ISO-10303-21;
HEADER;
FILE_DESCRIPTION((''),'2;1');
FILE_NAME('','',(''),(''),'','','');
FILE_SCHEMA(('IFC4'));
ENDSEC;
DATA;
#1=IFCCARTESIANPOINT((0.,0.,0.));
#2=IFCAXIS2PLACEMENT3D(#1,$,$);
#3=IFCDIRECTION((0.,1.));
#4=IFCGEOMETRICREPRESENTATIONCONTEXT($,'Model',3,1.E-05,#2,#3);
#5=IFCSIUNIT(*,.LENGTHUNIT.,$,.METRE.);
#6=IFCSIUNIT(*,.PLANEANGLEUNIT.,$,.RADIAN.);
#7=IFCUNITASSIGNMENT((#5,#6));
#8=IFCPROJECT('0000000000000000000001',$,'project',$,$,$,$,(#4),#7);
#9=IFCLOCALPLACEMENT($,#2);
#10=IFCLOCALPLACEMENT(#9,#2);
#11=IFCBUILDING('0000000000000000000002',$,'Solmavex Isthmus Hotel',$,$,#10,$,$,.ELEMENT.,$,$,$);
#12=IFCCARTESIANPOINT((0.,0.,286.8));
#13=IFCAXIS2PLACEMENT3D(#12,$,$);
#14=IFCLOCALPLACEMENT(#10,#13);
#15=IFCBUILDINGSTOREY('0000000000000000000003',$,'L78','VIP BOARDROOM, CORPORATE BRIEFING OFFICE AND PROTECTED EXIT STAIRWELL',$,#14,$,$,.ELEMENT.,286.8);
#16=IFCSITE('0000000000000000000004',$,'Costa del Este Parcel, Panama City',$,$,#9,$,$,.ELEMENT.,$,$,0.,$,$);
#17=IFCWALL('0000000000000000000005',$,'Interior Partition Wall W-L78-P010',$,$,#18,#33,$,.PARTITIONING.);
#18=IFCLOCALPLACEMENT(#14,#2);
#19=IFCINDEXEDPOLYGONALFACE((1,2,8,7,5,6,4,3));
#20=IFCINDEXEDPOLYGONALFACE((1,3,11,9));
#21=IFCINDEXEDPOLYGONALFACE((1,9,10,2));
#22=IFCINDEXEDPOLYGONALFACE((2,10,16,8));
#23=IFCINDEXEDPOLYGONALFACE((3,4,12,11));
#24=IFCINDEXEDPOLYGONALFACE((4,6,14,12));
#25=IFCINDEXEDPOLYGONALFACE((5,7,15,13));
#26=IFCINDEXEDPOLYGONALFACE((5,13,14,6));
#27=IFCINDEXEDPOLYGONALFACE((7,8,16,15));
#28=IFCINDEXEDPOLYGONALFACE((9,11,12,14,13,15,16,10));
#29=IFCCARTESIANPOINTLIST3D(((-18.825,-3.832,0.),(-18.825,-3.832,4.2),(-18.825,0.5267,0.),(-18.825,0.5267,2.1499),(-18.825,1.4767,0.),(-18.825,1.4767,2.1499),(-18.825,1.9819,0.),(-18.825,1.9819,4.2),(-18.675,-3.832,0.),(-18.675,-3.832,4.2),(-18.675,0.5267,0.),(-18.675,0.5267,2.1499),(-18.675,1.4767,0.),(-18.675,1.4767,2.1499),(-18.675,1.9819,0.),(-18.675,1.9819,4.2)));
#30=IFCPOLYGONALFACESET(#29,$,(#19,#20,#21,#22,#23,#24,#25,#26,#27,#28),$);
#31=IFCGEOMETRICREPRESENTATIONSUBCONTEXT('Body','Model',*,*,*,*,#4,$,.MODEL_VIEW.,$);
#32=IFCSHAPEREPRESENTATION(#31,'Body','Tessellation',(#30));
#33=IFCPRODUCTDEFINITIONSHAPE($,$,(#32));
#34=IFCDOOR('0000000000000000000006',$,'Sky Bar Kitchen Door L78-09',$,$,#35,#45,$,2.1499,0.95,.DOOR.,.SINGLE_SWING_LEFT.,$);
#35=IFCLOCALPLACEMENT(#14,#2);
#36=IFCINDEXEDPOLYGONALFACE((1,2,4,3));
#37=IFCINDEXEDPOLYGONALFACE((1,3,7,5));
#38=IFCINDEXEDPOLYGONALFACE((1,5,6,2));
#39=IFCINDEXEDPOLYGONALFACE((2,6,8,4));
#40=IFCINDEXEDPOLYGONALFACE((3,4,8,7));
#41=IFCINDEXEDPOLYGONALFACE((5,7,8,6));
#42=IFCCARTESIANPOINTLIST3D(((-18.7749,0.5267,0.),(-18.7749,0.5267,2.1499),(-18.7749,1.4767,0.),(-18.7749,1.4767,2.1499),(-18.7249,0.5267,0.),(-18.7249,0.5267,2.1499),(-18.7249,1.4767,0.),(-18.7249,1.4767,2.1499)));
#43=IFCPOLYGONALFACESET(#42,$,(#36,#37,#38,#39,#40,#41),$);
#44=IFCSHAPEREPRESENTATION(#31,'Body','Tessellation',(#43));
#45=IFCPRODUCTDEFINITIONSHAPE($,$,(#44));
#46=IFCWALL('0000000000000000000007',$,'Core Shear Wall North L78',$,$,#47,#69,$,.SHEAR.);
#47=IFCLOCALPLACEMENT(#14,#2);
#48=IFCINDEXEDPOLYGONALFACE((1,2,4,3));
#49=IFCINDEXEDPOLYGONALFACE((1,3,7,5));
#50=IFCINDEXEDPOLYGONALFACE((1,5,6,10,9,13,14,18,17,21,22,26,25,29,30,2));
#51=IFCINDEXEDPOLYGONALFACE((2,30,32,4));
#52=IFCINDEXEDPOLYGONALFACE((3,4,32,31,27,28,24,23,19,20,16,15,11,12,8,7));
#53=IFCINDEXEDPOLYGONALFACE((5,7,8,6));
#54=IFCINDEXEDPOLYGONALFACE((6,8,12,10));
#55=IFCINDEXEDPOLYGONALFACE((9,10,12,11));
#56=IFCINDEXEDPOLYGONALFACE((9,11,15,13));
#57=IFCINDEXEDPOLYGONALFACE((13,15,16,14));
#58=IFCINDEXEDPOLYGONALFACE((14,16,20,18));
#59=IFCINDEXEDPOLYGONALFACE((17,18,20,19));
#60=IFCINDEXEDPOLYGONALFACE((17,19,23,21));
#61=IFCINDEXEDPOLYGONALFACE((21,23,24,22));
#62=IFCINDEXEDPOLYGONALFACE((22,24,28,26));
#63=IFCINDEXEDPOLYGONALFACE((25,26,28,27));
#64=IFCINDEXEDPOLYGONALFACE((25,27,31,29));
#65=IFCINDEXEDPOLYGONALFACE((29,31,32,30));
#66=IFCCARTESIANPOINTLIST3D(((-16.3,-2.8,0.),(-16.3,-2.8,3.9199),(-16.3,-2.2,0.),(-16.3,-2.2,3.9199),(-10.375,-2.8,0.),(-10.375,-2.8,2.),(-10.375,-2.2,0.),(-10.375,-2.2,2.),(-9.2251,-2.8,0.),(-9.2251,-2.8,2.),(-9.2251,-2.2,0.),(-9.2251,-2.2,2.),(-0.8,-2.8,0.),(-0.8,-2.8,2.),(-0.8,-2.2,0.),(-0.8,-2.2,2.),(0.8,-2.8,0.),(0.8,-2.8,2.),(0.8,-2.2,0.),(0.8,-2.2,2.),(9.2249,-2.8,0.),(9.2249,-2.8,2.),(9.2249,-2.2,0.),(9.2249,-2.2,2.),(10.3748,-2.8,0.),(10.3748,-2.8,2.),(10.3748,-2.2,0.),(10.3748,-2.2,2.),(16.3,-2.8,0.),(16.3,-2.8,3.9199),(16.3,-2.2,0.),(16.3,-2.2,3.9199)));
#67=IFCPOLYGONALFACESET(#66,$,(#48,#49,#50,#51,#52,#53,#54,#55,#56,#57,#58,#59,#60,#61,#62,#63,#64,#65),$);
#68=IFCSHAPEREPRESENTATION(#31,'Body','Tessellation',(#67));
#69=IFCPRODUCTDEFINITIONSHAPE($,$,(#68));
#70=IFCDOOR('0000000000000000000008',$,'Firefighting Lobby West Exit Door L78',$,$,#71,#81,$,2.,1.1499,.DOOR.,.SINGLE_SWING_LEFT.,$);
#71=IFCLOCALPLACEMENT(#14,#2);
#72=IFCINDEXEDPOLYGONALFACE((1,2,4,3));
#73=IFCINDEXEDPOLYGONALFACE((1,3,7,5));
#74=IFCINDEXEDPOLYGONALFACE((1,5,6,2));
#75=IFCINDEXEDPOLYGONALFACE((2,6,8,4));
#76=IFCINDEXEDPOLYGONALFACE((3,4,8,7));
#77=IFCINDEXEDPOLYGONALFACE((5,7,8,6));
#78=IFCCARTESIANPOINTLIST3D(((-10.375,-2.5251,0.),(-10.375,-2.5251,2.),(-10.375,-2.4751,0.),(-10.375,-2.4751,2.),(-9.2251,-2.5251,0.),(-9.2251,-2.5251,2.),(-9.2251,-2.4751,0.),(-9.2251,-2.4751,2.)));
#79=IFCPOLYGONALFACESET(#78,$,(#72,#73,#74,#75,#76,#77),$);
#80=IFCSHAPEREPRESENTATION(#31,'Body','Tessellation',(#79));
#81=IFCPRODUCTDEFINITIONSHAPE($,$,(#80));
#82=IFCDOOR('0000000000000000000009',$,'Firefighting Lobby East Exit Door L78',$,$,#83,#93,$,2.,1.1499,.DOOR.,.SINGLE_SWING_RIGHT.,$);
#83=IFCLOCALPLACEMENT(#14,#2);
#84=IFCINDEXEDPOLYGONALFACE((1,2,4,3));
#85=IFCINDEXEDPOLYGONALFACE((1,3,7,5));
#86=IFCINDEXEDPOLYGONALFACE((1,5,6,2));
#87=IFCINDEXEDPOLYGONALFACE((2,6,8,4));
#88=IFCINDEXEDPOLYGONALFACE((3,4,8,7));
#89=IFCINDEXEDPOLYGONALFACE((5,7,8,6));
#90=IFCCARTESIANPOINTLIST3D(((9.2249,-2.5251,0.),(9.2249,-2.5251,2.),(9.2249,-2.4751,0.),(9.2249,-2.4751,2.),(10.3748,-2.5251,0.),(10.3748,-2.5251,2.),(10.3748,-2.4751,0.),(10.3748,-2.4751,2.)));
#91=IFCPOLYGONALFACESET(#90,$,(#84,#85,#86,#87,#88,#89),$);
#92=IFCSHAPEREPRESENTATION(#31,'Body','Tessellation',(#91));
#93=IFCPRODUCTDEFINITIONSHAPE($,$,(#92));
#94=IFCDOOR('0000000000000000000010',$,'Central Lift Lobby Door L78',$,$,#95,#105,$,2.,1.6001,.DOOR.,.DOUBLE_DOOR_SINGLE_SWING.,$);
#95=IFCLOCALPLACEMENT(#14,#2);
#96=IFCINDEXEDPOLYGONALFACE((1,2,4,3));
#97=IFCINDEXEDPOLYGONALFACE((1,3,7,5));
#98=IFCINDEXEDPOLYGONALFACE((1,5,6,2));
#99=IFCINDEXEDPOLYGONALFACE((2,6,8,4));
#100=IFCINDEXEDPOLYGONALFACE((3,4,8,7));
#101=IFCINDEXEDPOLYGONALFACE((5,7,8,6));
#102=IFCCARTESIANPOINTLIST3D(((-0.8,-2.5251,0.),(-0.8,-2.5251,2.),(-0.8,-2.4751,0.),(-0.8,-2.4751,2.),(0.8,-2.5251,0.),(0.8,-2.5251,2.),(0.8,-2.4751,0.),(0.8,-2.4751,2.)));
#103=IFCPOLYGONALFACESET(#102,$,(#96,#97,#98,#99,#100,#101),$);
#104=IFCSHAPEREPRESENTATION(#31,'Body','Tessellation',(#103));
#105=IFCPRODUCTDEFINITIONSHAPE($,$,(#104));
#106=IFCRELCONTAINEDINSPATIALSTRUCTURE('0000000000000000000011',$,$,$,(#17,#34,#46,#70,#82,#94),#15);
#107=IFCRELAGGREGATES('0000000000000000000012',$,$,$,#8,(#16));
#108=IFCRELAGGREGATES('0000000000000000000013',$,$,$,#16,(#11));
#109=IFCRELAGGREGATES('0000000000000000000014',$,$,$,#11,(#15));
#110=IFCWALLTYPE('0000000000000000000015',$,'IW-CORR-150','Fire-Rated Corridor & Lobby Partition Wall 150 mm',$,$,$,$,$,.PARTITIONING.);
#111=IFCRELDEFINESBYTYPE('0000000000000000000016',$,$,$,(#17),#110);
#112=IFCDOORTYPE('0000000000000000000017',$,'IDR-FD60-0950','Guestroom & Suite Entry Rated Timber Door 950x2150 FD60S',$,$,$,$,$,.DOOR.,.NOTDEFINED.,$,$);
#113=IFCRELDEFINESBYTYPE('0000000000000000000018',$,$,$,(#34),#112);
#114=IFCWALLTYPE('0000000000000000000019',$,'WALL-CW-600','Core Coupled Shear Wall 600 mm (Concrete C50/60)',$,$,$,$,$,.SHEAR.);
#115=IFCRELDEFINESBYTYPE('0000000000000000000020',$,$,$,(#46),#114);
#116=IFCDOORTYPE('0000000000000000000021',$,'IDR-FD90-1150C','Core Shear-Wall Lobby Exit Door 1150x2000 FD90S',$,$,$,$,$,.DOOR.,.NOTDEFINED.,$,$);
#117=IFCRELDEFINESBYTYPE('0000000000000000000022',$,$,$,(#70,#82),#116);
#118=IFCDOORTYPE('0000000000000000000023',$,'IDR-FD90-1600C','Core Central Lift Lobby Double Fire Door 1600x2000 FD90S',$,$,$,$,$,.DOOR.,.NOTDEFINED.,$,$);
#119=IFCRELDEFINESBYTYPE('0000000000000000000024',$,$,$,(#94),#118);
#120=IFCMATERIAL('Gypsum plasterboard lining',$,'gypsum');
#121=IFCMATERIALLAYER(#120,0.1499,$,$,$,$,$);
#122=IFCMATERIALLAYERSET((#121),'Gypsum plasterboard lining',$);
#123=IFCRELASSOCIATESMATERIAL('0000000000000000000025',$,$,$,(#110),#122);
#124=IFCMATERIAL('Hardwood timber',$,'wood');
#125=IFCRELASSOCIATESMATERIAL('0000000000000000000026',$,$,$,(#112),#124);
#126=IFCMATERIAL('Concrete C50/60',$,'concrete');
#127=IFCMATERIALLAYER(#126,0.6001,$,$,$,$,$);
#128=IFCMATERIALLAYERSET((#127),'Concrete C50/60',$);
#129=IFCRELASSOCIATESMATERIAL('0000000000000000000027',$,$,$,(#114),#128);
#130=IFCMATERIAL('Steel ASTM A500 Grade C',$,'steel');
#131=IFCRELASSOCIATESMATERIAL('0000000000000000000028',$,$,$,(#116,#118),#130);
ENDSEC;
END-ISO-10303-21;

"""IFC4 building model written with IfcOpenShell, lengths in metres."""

from ifc_helpers import new_model, si_unit, direction, frame, frame_2d, origin, place, context, subcontext, project, spatial, rectangle, extrude, material, layer, layer_set, type_object, element, fill, save


model = new_model("IFC4")

# Units and contexts
model_context = context("Model", 3, precision=1e-05, world=origin(), true_north=direction((0.0, 1.0)))
body_context = subcontext(model_context, "Body", "Model", "MODEL_VIEW")
ifc_project = project(units=[si_unit("LENGTHUNIT", "METRE"), si_unit("PLANEANGLEUNIT", "RADIAN")], contexts=[model_context])

# Site, building, storey
site_placement = place(None, origin())
site = spatial("IfcSite", under=ifc_project, at=site_placement, Name="Costa del Este Parcel, Panama City", CompositionType="ELEMENT", RefElevation=0.0)
building_placement = place(site_placement, origin())
building = spatial("IfcBuilding", under=site, at=building_placement, Name="Solmavex Isthmus Hotel", CompositionType="ELEMENT")
storey_placement = place(building_placement, frame((0.0, 0.0, 286.8)))
storey = spatial("IfcBuildingStorey", under=building, at=storey_placement, Name="L78", Description="VIP BOARDROOM, CORPORATE BRIEFING OFFICE AND PROTECTED EXIT STAIRWELL", CompositionType="ELEMENT", Elevation=286.8)

# Shared definitions
ifc_material_1 = material(Name="Gypsum plasterboard lining", Category="gypsum")

# Wall, opening, door
ifc_layer_1 = layer(ifc_material_1, 0.1499)
ifc_layer_set_1 = layer_set([ifc_layer_1], Name="Gypsum plasterboard lining")
wall_type_1 = type_object("IfcWallType", Name="IW-CORR-150", Description="Fire-Rated Corridor & Lobby Partition Wall 150 mm", PredefinedType="PARTITIONING", material=ifc_layer_set_1)
ifc_material_2 = material(Name="Steel ASTM A500 Grade C", Category="steel")
ifc_material_3 = material(Name="Hardwood timber", Category="wood")
door_type_1 = type_object("IfcDoorType", Name="IDR-FD60-0950", Description="Guestroom & Suite Entry Rated Timber Door 950x2150 FD60S", OperationType="NOTDEFINED", PredefinedType="DOOR", material=ifc_material_3)
wall_1_placement = place(storey_placement, frame((-18.75, -3.832, 0.0), z_axis=(0.0, 0.0, 1.0), x_axis=(0.0, 1.0, 0.0)))
wall_1 = element("IfcWall", 1, at=wall_1_placement, inside=storey, type_object=wall_type_1, Name="Interior Partition Wall W-L78-P010", PredefinedType="PARTITIONING", context=body_context, shape_type="SweptSolid", body=[
    extrude(rectangle(XDim=5.814, YDim=0.1499, at=frame_2d((2.907, 0.0))), origin(), (0.0, 0.0, 1.0), 4.2),
])
opening_1_placement = place(wall_1_placement, frame((4.3586, 0.0, 0.0)))
opening_1 = element("IfcOpeningElement", 2, at=opening_1_placement, cuts=wall_1, PredefinedType="OPENING", context=body_context, shape_type="SweptSolid", body=[
    extrude(rectangle(XDim=0.95, YDim=2.1499, at=frame_2d((0.4751, 1.075))), frame((0.0, 0.085, 0.0), z_axis=(0.0, -1.0, 0.0), x_axis=(1.0, 0.0, 0.0)), (0.0, 0.0, 1.0), 0.1699),
])
door_1_placement = place(opening_1_placement, origin())
door_1 = element("IfcDoor", 3, at=door_1_placement, inside=storey, type_object=door_type_1, Name="Sky Bar Kitchen Door L78-09", OperationType="SINGLE_SWING_LEFT", OverallHeight=2.1499, OverallWidth=0.95, PredefinedType="DOOR", context=body_context, shape_type="SweptSolid", body=[
    extrude(rectangle(XDim=0.95, YDim=2.1499, at=frame_2d((0.4751, 1.075))), frame((0.0, 0.0249, 0.0), z_axis=(0.0, -1.0, 0.0), x_axis=(1.0, 0.0, 0.0)), (0.0, 0.0, 1.0), 0.05),
])
fill(opening_1, door_1)

# Wall, openings, doors
ifc_material_4 = material(Name="Concrete C50/60", Category="concrete")
ifc_layer_2 = layer(ifc_material_4, 0.6001)
ifc_layer_set_2 = layer_set([ifc_layer_2], Name="Concrete C50/60")
wall_type_2 = type_object("IfcWallType", Name="WALL-CW-600", Description="Core Coupled Shear Wall 600 mm (Concrete C50/60)", PredefinedType="SHEAR", material=ifc_layer_set_2)
wall_2_placement = place(storey_placement, frame((-16.3, -2.5, 0.0), z_axis=(0.0, 0.0, 1.0), x_axis=(1.0, 0.0, 0.0)))
wall_2 = element("IfcWall", 4, at=wall_2_placement, inside=storey, type_object=wall_type_2, Name="Core Shear Wall North L78", PredefinedType="SHEAR", context=body_context, shape_type="SweptSolid", body=[
    extrude(rectangle(XDim=32.6001, YDim=0.6001, at=frame_2d((16.3, 0.0))), origin(), (0.0, 0.0, 1.0), 3.9199),
])
opening_2_placement = place(wall_2_placement, frame((5.925, 0.0, 0.0)))
opening_2 = element("IfcOpeningElement", 5, at=opening_2_placement, cuts=wall_2, PredefinedType="OPENING", context=body_context, shape_type="SweptSolid", body=[
    extrude(rectangle(XDim=1.1499, YDim=2.0, at=frame_2d((0.575, 1.0))), frame((0.0, 0.3101, 0.0), z_axis=(0.0, -1.0, 0.0), x_axis=(1.0, 0.0, 0.0)), (0.0, 0.0, 1.0), 0.6201),
])
opening_3_placement = place(wall_2_placement, frame((15.5, 0.0, 0.0)))
opening_3 = element("IfcOpeningElement", 6, at=opening_3_placement, cuts=wall_2, PredefinedType="OPENING", context=body_context, shape_type="SweptSolid", body=[
    extrude(rectangle(XDim=1.6001, YDim=2.0, at=frame_2d((0.8, 1.0))), frame((0.0, 0.3101, 0.0), z_axis=(0.0, -1.0, 0.0), x_axis=(1.0, 0.0, 0.0)), (0.0, 0.0, 1.0), 0.6201),
])
opening_4_placement = place(wall_2_placement, frame((25.5249, 0.0, 0.0)))
opening_4 = element("IfcOpeningElement", 7, at=opening_4_placement, cuts=wall_2, PredefinedType="OPENING", context=body_context, shape_type="SweptSolid", body=[
    extrude(rectangle(XDim=1.1499, YDim=2.0, at=frame_2d((0.575, 1.0))), frame((0.0, 0.3101, 0.0), z_axis=(0.0, -1.0, 0.0), x_axis=(1.0, 0.0, 0.0)), (0.0, 0.0, 1.0), 0.6201),
])
door_type_2 = type_object("IfcDoorType", Name="IDR-FD90-1150C", Description="Core Shear-Wall Lobby Exit Door 1150x2000 FD90S", OperationType="NOTDEFINED", PredefinedType="DOOR", material=ifc_material_2)
door_2_placement = place(opening_2_placement, origin())
door_2 = element("IfcDoor", 8, at=door_2_placement, inside=storey, type_object=door_type_2, Name="Firefighting Lobby West Exit Door L78", OperationType="SINGLE_SWING_LEFT", OverallHeight=2.0, OverallWidth=1.1499, PredefinedType="DOOR", context=body_context, shape_type="SweptSolid", body=[
    extrude(rectangle(XDim=1.1499, YDim=2.0, at=frame_2d((0.575, 1.0))), frame((0.0, 0.0249, 0.0), z_axis=(0.0, -1.0, 0.0), x_axis=(1.0, 0.0, 0.0)), (0.0, 0.0, 1.0), 0.05),
])
fill(opening_2, door_2)
door_3_placement = place(opening_4_placement, origin())
door_3 = element("IfcDoor", 9, at=door_3_placement, inside=storey, type_object=door_type_2, Name="Firefighting Lobby East Exit Door L78", OperationType="SINGLE_SWING_RIGHT", OverallHeight=2.0, OverallWidth=1.1499, PredefinedType="DOOR", context=body_context, shape_type="SweptSolid", body=[
    extrude(rectangle(XDim=1.1499, YDim=2.0, at=frame_2d((0.575, 1.0))), frame((0.0, 0.0249, 0.0), z_axis=(0.0, -1.0, 0.0), x_axis=(1.0, 0.0, 0.0)), (0.0, 0.0, 1.0), 0.05),
])
fill(opening_4, door_3)
door_type_3 = type_object("IfcDoorType", Name="IDR-FD90-1600C", Description="Core Central Lift Lobby Double Fire Door 1600x2000 FD90S", OperationType="NOTDEFINED", PredefinedType="DOOR", material=ifc_material_2)
door_4_placement = place(opening_3_placement, origin())
door_4 = element("IfcDoor", 10, at=door_4_placement, inside=storey, type_object=door_type_3, Name="Central Lift Lobby Door L78", OperationType="DOUBLE_DOOR_SINGLE_SWING", OverallHeight=2.0, OverallWidth=1.6001, PredefinedType="DOOR", context=body_context, shape_type="SweptSolid", body=[
    extrude(rectangle(XDim=1.6001, YDim=2.0, at=frame_2d((0.8, 1.0))), frame((0.0, 0.0249, 0.0), z_axis=(0.0, -1.0, 0.0), x_axis=(1.0, 0.0, 0.0)), (0.0, 0.0, 1.0), 0.05),
])
fill(opening_3, door_4)

save(model, "model.ifc")
